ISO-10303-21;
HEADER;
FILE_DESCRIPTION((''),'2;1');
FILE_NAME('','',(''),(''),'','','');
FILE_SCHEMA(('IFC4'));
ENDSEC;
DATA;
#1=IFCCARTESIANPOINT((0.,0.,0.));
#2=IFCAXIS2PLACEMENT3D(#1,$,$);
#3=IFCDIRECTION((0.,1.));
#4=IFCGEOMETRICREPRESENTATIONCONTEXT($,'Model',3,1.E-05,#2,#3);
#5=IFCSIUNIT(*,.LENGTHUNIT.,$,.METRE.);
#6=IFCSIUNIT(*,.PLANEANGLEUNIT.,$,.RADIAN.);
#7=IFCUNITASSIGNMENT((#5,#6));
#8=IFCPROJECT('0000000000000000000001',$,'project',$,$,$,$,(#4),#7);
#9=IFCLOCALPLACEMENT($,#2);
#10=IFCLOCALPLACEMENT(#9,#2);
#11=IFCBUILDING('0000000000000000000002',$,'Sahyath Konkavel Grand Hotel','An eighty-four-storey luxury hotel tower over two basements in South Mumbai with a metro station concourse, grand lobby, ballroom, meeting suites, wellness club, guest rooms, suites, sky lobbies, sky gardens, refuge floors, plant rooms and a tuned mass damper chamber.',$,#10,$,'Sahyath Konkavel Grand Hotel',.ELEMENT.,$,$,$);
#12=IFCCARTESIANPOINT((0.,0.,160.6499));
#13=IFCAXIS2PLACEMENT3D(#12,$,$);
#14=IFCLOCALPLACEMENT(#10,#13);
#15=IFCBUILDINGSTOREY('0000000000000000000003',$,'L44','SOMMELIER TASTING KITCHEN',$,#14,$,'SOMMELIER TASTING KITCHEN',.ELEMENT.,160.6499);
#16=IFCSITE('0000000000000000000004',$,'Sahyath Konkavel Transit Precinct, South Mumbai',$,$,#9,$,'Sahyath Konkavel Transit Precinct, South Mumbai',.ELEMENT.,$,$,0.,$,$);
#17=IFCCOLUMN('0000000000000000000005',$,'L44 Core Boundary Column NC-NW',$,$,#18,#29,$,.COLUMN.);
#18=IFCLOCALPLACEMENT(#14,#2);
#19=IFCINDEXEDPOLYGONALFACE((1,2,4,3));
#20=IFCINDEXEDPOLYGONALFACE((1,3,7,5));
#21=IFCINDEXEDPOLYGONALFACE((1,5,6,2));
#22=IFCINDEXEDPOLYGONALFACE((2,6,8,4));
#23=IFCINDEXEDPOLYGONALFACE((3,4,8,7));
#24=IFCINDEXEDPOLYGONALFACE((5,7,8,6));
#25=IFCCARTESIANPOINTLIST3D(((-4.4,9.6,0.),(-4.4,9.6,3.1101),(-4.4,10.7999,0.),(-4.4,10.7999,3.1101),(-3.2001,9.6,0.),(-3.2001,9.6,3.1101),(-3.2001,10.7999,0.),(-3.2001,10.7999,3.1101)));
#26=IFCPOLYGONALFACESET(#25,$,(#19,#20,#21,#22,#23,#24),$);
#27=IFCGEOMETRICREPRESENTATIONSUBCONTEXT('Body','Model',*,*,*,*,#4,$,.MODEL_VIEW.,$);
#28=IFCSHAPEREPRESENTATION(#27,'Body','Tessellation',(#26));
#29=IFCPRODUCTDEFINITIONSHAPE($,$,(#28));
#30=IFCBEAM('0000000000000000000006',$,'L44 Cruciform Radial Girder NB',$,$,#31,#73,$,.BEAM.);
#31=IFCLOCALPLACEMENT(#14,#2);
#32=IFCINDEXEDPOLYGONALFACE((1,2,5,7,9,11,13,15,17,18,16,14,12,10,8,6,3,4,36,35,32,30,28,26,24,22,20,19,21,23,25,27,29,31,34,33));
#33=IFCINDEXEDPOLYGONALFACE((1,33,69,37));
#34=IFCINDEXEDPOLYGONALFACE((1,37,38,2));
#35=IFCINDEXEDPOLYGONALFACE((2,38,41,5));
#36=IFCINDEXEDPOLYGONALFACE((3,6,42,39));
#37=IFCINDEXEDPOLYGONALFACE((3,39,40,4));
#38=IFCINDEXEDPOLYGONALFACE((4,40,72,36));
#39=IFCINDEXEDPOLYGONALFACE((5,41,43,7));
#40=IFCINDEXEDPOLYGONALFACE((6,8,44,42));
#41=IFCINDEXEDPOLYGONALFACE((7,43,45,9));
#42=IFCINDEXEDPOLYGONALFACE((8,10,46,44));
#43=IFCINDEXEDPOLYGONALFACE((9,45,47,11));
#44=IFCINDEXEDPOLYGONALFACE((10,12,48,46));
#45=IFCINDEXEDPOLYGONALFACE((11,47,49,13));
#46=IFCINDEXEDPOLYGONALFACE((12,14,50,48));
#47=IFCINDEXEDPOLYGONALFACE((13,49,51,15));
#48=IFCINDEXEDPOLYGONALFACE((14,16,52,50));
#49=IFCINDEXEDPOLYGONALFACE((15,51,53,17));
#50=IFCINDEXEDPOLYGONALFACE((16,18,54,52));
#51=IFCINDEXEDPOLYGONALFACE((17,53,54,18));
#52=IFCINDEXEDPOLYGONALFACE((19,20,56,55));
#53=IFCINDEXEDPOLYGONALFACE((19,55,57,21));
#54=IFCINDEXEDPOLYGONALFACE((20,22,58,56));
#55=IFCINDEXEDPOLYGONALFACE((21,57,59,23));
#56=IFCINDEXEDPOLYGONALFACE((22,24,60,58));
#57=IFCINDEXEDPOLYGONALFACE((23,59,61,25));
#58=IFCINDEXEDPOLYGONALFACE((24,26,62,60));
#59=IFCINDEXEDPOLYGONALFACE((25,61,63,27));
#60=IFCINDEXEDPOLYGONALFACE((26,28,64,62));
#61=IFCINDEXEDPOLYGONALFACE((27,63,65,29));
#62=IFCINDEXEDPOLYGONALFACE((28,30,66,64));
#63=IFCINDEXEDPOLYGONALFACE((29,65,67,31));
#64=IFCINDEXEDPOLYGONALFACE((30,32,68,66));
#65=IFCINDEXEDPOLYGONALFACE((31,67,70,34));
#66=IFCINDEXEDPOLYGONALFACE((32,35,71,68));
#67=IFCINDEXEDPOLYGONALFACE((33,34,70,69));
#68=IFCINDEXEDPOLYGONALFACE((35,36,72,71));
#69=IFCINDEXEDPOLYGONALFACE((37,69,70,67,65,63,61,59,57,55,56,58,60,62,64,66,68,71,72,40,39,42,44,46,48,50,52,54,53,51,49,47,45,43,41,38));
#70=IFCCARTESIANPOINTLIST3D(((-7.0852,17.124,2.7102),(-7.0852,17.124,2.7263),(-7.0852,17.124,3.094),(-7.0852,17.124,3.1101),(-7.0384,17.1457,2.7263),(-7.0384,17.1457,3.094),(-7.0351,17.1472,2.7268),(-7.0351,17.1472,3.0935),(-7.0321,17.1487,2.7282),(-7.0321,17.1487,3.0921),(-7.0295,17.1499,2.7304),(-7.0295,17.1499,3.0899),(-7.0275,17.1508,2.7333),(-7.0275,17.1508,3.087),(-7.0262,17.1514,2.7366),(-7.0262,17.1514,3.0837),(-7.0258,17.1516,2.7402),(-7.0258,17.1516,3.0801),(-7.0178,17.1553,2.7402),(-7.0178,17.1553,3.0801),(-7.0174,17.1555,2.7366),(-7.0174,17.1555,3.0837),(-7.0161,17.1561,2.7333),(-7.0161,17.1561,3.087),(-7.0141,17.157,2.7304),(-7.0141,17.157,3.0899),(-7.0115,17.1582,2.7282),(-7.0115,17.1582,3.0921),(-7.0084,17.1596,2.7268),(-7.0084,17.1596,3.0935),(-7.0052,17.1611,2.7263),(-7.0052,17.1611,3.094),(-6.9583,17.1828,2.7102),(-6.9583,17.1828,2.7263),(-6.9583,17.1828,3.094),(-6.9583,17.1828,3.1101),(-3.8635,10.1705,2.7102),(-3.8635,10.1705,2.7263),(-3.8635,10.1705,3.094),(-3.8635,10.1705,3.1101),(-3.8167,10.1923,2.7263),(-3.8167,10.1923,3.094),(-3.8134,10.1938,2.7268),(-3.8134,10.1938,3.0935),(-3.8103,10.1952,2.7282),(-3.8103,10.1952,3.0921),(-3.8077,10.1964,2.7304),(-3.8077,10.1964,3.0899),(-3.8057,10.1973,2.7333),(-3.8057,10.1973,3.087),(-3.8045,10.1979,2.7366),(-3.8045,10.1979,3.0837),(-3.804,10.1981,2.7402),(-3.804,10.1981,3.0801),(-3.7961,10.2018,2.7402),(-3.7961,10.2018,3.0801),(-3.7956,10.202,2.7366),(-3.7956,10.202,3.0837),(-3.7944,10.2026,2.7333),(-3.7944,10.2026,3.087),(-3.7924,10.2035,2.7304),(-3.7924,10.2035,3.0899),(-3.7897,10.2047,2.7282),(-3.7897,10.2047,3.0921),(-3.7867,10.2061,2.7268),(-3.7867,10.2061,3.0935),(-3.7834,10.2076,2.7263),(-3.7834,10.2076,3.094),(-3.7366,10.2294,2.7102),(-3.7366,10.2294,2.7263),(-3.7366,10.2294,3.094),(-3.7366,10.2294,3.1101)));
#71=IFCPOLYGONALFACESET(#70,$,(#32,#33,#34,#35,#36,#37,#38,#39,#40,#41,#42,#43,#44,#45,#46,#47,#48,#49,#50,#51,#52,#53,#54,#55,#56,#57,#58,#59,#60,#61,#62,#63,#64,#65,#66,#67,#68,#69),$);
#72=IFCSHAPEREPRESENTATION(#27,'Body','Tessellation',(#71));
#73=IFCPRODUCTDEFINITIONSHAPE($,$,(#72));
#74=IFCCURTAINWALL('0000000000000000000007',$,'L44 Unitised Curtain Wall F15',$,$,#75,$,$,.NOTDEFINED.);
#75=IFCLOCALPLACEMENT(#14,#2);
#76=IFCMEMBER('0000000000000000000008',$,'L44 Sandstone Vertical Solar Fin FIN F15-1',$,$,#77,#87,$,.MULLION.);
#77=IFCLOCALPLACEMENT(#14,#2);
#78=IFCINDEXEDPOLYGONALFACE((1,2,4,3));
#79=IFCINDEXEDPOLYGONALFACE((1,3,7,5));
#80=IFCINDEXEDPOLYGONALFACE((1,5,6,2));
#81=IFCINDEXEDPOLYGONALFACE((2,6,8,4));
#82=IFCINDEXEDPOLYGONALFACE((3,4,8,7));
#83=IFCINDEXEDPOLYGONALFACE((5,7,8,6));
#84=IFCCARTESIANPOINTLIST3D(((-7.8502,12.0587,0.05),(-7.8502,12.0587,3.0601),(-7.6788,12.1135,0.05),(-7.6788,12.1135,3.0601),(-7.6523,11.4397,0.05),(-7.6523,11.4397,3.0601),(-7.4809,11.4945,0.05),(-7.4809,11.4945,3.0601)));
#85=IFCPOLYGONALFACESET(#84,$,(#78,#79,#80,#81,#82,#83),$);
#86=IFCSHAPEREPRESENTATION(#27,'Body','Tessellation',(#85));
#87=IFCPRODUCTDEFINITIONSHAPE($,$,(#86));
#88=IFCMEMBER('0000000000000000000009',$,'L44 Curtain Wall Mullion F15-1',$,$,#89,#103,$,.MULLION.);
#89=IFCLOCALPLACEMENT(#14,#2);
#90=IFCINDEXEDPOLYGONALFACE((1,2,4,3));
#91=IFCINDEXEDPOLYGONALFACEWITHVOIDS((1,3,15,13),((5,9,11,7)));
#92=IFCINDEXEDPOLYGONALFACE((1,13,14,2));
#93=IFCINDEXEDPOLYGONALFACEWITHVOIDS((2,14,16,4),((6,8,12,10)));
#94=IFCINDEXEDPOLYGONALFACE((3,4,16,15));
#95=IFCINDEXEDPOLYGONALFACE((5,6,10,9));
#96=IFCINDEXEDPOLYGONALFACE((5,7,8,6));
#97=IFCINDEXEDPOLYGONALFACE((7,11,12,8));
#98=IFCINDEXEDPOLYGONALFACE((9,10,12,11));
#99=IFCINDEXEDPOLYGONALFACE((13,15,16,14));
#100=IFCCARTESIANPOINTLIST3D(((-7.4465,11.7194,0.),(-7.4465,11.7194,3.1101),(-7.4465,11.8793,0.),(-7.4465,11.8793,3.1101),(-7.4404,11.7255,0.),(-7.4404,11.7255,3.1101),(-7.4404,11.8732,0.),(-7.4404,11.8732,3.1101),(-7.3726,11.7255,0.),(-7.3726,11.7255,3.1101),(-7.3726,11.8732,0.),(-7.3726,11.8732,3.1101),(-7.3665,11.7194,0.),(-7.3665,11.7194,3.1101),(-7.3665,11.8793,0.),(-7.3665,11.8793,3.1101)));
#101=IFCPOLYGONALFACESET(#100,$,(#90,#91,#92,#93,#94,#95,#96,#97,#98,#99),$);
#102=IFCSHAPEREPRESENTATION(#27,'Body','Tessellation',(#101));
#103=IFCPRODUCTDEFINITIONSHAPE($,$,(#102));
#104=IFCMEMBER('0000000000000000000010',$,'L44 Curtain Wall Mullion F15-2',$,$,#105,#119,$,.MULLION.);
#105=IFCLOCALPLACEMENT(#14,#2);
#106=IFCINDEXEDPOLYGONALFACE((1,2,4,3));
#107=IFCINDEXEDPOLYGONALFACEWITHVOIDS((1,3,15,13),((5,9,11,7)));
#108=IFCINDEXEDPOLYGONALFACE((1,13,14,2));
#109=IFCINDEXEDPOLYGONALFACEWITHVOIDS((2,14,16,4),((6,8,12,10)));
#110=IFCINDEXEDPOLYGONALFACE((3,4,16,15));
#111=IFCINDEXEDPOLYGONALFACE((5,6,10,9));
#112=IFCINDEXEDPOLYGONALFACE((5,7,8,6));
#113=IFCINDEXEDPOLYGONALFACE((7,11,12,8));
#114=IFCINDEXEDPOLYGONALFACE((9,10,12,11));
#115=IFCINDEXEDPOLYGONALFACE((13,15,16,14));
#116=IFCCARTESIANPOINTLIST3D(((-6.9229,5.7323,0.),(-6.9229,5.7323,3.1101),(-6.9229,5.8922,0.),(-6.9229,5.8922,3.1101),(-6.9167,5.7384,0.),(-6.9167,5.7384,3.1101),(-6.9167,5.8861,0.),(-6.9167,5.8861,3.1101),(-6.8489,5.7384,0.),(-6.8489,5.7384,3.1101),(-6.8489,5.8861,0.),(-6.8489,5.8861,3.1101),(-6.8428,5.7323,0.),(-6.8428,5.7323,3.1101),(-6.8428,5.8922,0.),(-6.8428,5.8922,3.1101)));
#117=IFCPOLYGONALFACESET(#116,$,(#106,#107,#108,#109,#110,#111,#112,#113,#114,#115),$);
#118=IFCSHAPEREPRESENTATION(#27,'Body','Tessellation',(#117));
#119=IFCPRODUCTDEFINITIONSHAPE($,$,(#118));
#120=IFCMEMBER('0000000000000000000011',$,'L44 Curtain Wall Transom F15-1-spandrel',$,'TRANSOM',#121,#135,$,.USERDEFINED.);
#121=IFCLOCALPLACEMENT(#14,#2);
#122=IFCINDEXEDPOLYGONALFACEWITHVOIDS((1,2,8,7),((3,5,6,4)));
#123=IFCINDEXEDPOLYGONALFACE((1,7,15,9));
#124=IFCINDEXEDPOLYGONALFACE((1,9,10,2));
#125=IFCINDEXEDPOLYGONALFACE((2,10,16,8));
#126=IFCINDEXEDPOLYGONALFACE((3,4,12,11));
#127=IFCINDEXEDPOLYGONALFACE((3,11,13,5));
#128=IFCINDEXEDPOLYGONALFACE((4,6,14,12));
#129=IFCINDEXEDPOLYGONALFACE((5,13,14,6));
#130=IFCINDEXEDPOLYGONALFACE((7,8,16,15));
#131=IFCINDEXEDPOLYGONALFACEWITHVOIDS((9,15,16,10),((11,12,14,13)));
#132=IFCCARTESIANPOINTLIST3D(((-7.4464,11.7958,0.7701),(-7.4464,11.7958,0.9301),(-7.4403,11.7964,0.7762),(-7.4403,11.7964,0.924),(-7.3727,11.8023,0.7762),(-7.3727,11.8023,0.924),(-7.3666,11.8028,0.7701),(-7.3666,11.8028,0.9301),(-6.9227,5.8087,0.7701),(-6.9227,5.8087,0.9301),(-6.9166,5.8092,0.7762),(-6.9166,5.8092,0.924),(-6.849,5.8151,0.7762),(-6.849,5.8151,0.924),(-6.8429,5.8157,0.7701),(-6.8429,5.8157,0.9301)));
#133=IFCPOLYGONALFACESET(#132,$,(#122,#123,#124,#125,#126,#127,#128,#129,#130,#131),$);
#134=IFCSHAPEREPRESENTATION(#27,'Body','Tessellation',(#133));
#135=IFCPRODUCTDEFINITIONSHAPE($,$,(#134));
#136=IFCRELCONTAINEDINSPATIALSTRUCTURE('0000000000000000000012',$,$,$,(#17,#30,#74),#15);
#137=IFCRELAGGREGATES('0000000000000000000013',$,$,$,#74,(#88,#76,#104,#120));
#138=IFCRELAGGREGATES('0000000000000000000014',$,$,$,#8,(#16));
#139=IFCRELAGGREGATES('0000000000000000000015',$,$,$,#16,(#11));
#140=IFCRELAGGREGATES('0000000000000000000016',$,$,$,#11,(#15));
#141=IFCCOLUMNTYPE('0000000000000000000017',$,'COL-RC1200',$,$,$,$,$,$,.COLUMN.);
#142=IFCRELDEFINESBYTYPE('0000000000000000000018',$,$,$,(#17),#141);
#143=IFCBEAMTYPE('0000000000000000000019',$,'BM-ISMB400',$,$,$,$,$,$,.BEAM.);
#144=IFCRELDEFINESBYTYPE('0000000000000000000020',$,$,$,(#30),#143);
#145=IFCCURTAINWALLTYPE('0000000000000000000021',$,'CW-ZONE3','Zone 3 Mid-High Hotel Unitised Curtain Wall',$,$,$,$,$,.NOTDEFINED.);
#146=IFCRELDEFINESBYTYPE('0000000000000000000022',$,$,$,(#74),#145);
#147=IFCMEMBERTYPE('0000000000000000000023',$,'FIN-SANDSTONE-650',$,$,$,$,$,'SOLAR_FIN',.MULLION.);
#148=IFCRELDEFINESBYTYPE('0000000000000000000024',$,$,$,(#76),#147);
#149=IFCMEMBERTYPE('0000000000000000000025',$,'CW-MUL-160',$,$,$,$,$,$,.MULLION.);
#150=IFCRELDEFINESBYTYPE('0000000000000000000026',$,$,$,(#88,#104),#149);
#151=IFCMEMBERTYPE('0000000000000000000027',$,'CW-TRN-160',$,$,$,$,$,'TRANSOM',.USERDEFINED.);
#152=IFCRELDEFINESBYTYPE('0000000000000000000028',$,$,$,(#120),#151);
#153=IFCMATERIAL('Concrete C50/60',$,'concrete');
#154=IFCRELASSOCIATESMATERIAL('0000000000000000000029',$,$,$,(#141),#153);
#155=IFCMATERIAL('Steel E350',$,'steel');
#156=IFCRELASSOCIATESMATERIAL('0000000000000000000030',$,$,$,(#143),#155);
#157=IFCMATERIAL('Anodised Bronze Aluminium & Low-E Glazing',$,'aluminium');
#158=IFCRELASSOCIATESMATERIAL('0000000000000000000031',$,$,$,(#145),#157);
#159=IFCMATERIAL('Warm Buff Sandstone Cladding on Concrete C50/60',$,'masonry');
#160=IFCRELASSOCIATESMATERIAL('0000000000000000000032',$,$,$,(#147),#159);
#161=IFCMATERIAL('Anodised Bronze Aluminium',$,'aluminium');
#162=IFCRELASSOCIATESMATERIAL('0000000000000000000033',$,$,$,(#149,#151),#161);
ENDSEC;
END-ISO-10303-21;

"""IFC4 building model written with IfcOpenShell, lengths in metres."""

from ifc_helpers import new_model, si_unit, direction, frame, origin, origin_2d, place, context, subcontext, project, spatial, rectangle, hollow_rectangle, i_section, extrude, source, transform, mapped, material, material_profile, profile_set, type_object, element, aggregate, save


model = new_model("IFC4")

# Units and contexts
model_context = context("Model", 3, precision=1e-05, world=origin(), true_north=direction((0.0, 1.0)))
body_context = subcontext(model_context, "Body", "Model", "MODEL_VIEW")
ifc_project = project(units=[si_unit("LENGTHUNIT", "METRE"), si_unit("PLANEANGLEUNIT", "RADIAN")], contexts=[model_context])

# Site, building, storey
site_placement = place(None, origin())
site = spatial("IfcSite", under=ifc_project, at=site_placement, Name="Sahyath Konkavel Transit Precinct, South Mumbai", LongName="Sahyath Konkavel Transit Precinct, South Mumbai", CompositionType="ELEMENT", RefElevation=0.0)
building_placement = place(site_placement, origin())
building = spatial("IfcBuilding", under=site, at=building_placement, Name="Sahyath Konkavel Grand Hotel", Description="An eighty-four-storey luxury hotel tower over two basements in South Mumbai with a metro station concourse, grand lobby, ballroom, meeting suites, wellness club, guest rooms, suites, sky lobbies, sky gardens, refuge floors, plant rooms and a tuned mass damper chamber.", LongName="Sahyath Konkavel Grand Hotel", CompositionType="ELEMENT")
storey_placement = place(building_placement, frame((0.0, 0.0, 160.6499)))
storey = spatial("IfcBuildingStorey", under=building, at=storey_placement, Name="L44", Description="SOMMELIER TASTING KITCHEN", LongName="SOMMELIER TASTING KITCHEN", CompositionType="ELEMENT", Elevation=160.6499)

# Column
ifc_material_1 = material(Name="Concrete C50/60", Category="concrete")
ifc_material_profile_1 = material_profile(ifc_material_1, rectangle(XDim=1.2, YDim=1.2, at=origin_2d()), Name="RC 1200x1200")
ifc_profile_set_1 = profile_set([ifc_material_profile_1], Name="Concrete C50/60")
column_type = type_object("IfcColumnType", Name="COL-RC1200", PredefinedType="COLUMN", material=ifc_profile_set_1)
shared_shape_1 = source(origin(), body_context, "Body", "SweptSolid", [
    extrude(rectangle(XDim=1.2, YDim=1.2, at=origin_2d()), origin(), (0.0, 0.0, 1.0), 3.1101),
])
column_placement = place(storey_placement, frame((-3.8, 10.2, 0.0), z_axis=(0.0, 0.0, 1.0), x_axis=(1.0, 0.0, 0.0)))
element("IfcColumn", 1, at=column_placement, inside=storey, type_object=column_type, Name="L44 Core Boundary Column NC-NW", PredefinedType="COLUMN", context=body_context, shape_type="MappedRepresentation", body=[
    mapped(shared_shape_1, transform((0.0, 0.0, 0.0), scale=1.0)),
])

# Beam
ifc_material_2 = material(Name="Steel E350", Category="steel")
ifc_material_profile_2 = material_profile(ifc_material_2, i_section(OverallWidth=0.1399, OverallDepth=0.3999, WebThickness=0.0088, FlangeThickness=0.0161, FilletRadius=0.0139, at=origin_2d()), Name="ISMB 400")
ifc_profile_set_2 = profile_set([ifc_material_profile_2], Name="Steel E350")
beam_type_1 = type_object("IfcBeamType", Name="BM-ISMB400", PredefinedType="BEAM", material=ifc_profile_set_2)
shared_shape_2 = source(origin(), body_context, "Body", "SweptSolid", [
    extrude(i_section(OverallWidth=0.1399, OverallDepth=0.3999, WebThickness=0.0088, FlangeThickness=0.0161, FilletRadius=0.0139, at=origin_2d()), origin(), (0.0, 0.0, 1.0), 7.6636),
])
beam_1_placement = place(storey_placement, frame((-3.8, 10.2, 2.9102), z_axis=(-0.420395, 0.907341, 0.0), x_axis=(-0.907341, -0.420395, 0.0)))
element("IfcBeam", 2, at=beam_1_placement, inside=storey, type_object=beam_type_1, Name="L44 Cruciform Radial Girder NB", PredefinedType="BEAM", context=body_context, shape_type="MappedRepresentation", body=[
    mapped(shared_shape_2, transform((0.0, 0.0, 0.0), scale=1.0)),
])

# Curtain wall, members
ifc_material_3 = material(Name="Anodised Bronze Aluminium & Low-E Glazing", Category="aluminium")
curtain_wall_type = type_object("IfcCurtainWallType", Name="CW-ZONE3", Description="Zone 3 Mid-High Hotel Unitised Curtain Wall", PredefinedType="NOTDEFINED", material=ifc_material_3)
curtain_wall_placement = place(storey_placement, origin())
curtain_wall = element("IfcCurtainWall", 3, at=curtain_wall_placement, inside=storey, type_object=curtain_wall_type, Name="L44 Unitised Curtain Wall F15", PredefinedType="NOTDEFINED")
ifc_material_4 = material(Name="Warm Buff Sandstone Cladding on Concrete C50/60", Category="masonry")
ifc_material_profile_3 = material_profile(ifc_material_4, rectangle(XDim=0.1799, YDim=0.6499, at=origin_2d()), Name="FIN 180x650")
ifc_profile_set_3 = profile_set([ifc_material_profile_3], Name="Warm Buff Sandstone Cladding on Concrete C50/60")
member_type_1 = type_object("IfcMemberType", Name="FIN-SANDSTONE-650", ElementType="SOLAR_FIN", PredefinedType="MULLION", material=ifc_profile_set_3)
shared_shape_3 = source(origin(), body_context, "Body", "SweptSolid", [
    extrude(rectangle(XDim=0.1799, YDim=0.6499, at=origin_2d()), origin(), (0.0, 0.0, 1.0), 3.01),
])
member_1_placement = place(storey_placement, frame((-7.6655, 11.7766, 0.05), z_axis=(0.0, 0.0, 1.0), x_axis=(0.952502, 0.304532, 0.0)))
member_1 = element("IfcMember", 4, at=member_1_placement, type_object=member_type_1, Name="L44 Sandstone Vertical Solar Fin FIN F15-1", PredefinedType="MULLION", context=body_context, shape_type="MappedRepresentation", body=[
    mapped(shared_shape_3, transform((0.0, 0.0, 0.0), scale=1.0)),
])
ifc_material_5 = material(Name="Anodised Bronze Aluminium", Category="aluminium")
ifc_material_profile_4 = material_profile(ifc_material_5, hollow_rectangle(XDim=0.0801, YDim=0.1599, WallThickness=0.0061, at=origin_2d()), Name="RHS 160x80x6")
ifc_profile_set_4 = profile_set([ifc_material_profile_4], Name="Anodised Bronze Aluminium")
member_type_2 = type_object("IfcMemberType", Name="CW-MUL-160", PredefinedType="MULLION", material=ifc_profile_set_4)
shared_shape_4 = source(origin(), body_context, "Body", "SweptSolid", [
    extrude(hollow_rectangle(XDim=0.0801, YDim=0.1599, WallThickness=0.0061, at=origin_2d()), origin(), (0.0, 0.0, 1.0), 3.1101),
])
member_2_placement = place(storey_placement, frame((-7.4065, 11.7993, 0.0), z_axis=(0.0, 0.0, 1.0), x_axis=(1.0, 0.0, 0.0)))
member_2 = element("IfcMember", 5, at=member_2_placement, type_object=member_type_2, Name="L44 Curtain Wall Mullion F15-1", PredefinedType="MULLION", context=body_context, shape_type="MappedRepresentation", body=[
    mapped(shared_shape_4, transform((0.0, 0.0, 0.0), scale=1.0)),
])
member_3_placement = place(storey_placement, frame((-6.8828, 5.8123, 0.0), z_axis=(0.0, 0.0, 1.0), x_axis=(1.0, 0.0, 0.0)))
member_3 = element("IfcMember", 6, at=member_3_placement, type_object=member_type_2, Name="L44 Curtain Wall Mullion F15-2", PredefinedType="MULLION", context=body_context, shape_type="MappedRepresentation", body=[
    mapped(shared_shape_4, transform((0.0, 0.0, 0.0), scale=1.0)),
])
ifc_material_profile_5 = material_profile(ifc_material_5, hollow_rectangle(XDim=0.0801, YDim=0.1599, WallThickness=0.0061, at=origin_2d()), Name="RHS 160x80x6")
ifc_profile_set_5 = profile_set([ifc_material_profile_5], Name="Anodised Bronze Aluminium")
member_type_3 = type_object("IfcMemberType", Name="CW-TRN-160", ElementType="TRANSOM", PredefinedType="USERDEFINED", material=ifc_profile_set_5)
shared_shape_5 = source(origin(), body_context, "Body", "SweptSolid", [
    extrude(hollow_rectangle(XDim=0.0801, YDim=0.1599, WallThickness=0.0061, at=origin_2d()), origin(), (0.0, 0.0, 1.0), 6.01),
])
member_4_placement = place(storey_placement, frame((-7.4065, 11.7993, 0.8501), z_axis=(0.087136, -0.996196, 0.0), x_axis=(0.996196, 0.087136, 0.0)))
member_4 = element("IfcMember", 7, at=member_4_placement, type_object=member_type_3, Name="L44 Curtain Wall Transom F15-1-spandrel", ObjectType="TRANSOM", PredefinedType="USERDEFINED", context=body_context, shape_type="MappedRepresentation", body=[
    mapped(shared_shape_5, transform((0.0, 0.0, 0.0), scale=1.0)),
])

aggregate(curtain_wall, [member_2, member_1, member_3, member_4])

save(model, "model.ifc")
